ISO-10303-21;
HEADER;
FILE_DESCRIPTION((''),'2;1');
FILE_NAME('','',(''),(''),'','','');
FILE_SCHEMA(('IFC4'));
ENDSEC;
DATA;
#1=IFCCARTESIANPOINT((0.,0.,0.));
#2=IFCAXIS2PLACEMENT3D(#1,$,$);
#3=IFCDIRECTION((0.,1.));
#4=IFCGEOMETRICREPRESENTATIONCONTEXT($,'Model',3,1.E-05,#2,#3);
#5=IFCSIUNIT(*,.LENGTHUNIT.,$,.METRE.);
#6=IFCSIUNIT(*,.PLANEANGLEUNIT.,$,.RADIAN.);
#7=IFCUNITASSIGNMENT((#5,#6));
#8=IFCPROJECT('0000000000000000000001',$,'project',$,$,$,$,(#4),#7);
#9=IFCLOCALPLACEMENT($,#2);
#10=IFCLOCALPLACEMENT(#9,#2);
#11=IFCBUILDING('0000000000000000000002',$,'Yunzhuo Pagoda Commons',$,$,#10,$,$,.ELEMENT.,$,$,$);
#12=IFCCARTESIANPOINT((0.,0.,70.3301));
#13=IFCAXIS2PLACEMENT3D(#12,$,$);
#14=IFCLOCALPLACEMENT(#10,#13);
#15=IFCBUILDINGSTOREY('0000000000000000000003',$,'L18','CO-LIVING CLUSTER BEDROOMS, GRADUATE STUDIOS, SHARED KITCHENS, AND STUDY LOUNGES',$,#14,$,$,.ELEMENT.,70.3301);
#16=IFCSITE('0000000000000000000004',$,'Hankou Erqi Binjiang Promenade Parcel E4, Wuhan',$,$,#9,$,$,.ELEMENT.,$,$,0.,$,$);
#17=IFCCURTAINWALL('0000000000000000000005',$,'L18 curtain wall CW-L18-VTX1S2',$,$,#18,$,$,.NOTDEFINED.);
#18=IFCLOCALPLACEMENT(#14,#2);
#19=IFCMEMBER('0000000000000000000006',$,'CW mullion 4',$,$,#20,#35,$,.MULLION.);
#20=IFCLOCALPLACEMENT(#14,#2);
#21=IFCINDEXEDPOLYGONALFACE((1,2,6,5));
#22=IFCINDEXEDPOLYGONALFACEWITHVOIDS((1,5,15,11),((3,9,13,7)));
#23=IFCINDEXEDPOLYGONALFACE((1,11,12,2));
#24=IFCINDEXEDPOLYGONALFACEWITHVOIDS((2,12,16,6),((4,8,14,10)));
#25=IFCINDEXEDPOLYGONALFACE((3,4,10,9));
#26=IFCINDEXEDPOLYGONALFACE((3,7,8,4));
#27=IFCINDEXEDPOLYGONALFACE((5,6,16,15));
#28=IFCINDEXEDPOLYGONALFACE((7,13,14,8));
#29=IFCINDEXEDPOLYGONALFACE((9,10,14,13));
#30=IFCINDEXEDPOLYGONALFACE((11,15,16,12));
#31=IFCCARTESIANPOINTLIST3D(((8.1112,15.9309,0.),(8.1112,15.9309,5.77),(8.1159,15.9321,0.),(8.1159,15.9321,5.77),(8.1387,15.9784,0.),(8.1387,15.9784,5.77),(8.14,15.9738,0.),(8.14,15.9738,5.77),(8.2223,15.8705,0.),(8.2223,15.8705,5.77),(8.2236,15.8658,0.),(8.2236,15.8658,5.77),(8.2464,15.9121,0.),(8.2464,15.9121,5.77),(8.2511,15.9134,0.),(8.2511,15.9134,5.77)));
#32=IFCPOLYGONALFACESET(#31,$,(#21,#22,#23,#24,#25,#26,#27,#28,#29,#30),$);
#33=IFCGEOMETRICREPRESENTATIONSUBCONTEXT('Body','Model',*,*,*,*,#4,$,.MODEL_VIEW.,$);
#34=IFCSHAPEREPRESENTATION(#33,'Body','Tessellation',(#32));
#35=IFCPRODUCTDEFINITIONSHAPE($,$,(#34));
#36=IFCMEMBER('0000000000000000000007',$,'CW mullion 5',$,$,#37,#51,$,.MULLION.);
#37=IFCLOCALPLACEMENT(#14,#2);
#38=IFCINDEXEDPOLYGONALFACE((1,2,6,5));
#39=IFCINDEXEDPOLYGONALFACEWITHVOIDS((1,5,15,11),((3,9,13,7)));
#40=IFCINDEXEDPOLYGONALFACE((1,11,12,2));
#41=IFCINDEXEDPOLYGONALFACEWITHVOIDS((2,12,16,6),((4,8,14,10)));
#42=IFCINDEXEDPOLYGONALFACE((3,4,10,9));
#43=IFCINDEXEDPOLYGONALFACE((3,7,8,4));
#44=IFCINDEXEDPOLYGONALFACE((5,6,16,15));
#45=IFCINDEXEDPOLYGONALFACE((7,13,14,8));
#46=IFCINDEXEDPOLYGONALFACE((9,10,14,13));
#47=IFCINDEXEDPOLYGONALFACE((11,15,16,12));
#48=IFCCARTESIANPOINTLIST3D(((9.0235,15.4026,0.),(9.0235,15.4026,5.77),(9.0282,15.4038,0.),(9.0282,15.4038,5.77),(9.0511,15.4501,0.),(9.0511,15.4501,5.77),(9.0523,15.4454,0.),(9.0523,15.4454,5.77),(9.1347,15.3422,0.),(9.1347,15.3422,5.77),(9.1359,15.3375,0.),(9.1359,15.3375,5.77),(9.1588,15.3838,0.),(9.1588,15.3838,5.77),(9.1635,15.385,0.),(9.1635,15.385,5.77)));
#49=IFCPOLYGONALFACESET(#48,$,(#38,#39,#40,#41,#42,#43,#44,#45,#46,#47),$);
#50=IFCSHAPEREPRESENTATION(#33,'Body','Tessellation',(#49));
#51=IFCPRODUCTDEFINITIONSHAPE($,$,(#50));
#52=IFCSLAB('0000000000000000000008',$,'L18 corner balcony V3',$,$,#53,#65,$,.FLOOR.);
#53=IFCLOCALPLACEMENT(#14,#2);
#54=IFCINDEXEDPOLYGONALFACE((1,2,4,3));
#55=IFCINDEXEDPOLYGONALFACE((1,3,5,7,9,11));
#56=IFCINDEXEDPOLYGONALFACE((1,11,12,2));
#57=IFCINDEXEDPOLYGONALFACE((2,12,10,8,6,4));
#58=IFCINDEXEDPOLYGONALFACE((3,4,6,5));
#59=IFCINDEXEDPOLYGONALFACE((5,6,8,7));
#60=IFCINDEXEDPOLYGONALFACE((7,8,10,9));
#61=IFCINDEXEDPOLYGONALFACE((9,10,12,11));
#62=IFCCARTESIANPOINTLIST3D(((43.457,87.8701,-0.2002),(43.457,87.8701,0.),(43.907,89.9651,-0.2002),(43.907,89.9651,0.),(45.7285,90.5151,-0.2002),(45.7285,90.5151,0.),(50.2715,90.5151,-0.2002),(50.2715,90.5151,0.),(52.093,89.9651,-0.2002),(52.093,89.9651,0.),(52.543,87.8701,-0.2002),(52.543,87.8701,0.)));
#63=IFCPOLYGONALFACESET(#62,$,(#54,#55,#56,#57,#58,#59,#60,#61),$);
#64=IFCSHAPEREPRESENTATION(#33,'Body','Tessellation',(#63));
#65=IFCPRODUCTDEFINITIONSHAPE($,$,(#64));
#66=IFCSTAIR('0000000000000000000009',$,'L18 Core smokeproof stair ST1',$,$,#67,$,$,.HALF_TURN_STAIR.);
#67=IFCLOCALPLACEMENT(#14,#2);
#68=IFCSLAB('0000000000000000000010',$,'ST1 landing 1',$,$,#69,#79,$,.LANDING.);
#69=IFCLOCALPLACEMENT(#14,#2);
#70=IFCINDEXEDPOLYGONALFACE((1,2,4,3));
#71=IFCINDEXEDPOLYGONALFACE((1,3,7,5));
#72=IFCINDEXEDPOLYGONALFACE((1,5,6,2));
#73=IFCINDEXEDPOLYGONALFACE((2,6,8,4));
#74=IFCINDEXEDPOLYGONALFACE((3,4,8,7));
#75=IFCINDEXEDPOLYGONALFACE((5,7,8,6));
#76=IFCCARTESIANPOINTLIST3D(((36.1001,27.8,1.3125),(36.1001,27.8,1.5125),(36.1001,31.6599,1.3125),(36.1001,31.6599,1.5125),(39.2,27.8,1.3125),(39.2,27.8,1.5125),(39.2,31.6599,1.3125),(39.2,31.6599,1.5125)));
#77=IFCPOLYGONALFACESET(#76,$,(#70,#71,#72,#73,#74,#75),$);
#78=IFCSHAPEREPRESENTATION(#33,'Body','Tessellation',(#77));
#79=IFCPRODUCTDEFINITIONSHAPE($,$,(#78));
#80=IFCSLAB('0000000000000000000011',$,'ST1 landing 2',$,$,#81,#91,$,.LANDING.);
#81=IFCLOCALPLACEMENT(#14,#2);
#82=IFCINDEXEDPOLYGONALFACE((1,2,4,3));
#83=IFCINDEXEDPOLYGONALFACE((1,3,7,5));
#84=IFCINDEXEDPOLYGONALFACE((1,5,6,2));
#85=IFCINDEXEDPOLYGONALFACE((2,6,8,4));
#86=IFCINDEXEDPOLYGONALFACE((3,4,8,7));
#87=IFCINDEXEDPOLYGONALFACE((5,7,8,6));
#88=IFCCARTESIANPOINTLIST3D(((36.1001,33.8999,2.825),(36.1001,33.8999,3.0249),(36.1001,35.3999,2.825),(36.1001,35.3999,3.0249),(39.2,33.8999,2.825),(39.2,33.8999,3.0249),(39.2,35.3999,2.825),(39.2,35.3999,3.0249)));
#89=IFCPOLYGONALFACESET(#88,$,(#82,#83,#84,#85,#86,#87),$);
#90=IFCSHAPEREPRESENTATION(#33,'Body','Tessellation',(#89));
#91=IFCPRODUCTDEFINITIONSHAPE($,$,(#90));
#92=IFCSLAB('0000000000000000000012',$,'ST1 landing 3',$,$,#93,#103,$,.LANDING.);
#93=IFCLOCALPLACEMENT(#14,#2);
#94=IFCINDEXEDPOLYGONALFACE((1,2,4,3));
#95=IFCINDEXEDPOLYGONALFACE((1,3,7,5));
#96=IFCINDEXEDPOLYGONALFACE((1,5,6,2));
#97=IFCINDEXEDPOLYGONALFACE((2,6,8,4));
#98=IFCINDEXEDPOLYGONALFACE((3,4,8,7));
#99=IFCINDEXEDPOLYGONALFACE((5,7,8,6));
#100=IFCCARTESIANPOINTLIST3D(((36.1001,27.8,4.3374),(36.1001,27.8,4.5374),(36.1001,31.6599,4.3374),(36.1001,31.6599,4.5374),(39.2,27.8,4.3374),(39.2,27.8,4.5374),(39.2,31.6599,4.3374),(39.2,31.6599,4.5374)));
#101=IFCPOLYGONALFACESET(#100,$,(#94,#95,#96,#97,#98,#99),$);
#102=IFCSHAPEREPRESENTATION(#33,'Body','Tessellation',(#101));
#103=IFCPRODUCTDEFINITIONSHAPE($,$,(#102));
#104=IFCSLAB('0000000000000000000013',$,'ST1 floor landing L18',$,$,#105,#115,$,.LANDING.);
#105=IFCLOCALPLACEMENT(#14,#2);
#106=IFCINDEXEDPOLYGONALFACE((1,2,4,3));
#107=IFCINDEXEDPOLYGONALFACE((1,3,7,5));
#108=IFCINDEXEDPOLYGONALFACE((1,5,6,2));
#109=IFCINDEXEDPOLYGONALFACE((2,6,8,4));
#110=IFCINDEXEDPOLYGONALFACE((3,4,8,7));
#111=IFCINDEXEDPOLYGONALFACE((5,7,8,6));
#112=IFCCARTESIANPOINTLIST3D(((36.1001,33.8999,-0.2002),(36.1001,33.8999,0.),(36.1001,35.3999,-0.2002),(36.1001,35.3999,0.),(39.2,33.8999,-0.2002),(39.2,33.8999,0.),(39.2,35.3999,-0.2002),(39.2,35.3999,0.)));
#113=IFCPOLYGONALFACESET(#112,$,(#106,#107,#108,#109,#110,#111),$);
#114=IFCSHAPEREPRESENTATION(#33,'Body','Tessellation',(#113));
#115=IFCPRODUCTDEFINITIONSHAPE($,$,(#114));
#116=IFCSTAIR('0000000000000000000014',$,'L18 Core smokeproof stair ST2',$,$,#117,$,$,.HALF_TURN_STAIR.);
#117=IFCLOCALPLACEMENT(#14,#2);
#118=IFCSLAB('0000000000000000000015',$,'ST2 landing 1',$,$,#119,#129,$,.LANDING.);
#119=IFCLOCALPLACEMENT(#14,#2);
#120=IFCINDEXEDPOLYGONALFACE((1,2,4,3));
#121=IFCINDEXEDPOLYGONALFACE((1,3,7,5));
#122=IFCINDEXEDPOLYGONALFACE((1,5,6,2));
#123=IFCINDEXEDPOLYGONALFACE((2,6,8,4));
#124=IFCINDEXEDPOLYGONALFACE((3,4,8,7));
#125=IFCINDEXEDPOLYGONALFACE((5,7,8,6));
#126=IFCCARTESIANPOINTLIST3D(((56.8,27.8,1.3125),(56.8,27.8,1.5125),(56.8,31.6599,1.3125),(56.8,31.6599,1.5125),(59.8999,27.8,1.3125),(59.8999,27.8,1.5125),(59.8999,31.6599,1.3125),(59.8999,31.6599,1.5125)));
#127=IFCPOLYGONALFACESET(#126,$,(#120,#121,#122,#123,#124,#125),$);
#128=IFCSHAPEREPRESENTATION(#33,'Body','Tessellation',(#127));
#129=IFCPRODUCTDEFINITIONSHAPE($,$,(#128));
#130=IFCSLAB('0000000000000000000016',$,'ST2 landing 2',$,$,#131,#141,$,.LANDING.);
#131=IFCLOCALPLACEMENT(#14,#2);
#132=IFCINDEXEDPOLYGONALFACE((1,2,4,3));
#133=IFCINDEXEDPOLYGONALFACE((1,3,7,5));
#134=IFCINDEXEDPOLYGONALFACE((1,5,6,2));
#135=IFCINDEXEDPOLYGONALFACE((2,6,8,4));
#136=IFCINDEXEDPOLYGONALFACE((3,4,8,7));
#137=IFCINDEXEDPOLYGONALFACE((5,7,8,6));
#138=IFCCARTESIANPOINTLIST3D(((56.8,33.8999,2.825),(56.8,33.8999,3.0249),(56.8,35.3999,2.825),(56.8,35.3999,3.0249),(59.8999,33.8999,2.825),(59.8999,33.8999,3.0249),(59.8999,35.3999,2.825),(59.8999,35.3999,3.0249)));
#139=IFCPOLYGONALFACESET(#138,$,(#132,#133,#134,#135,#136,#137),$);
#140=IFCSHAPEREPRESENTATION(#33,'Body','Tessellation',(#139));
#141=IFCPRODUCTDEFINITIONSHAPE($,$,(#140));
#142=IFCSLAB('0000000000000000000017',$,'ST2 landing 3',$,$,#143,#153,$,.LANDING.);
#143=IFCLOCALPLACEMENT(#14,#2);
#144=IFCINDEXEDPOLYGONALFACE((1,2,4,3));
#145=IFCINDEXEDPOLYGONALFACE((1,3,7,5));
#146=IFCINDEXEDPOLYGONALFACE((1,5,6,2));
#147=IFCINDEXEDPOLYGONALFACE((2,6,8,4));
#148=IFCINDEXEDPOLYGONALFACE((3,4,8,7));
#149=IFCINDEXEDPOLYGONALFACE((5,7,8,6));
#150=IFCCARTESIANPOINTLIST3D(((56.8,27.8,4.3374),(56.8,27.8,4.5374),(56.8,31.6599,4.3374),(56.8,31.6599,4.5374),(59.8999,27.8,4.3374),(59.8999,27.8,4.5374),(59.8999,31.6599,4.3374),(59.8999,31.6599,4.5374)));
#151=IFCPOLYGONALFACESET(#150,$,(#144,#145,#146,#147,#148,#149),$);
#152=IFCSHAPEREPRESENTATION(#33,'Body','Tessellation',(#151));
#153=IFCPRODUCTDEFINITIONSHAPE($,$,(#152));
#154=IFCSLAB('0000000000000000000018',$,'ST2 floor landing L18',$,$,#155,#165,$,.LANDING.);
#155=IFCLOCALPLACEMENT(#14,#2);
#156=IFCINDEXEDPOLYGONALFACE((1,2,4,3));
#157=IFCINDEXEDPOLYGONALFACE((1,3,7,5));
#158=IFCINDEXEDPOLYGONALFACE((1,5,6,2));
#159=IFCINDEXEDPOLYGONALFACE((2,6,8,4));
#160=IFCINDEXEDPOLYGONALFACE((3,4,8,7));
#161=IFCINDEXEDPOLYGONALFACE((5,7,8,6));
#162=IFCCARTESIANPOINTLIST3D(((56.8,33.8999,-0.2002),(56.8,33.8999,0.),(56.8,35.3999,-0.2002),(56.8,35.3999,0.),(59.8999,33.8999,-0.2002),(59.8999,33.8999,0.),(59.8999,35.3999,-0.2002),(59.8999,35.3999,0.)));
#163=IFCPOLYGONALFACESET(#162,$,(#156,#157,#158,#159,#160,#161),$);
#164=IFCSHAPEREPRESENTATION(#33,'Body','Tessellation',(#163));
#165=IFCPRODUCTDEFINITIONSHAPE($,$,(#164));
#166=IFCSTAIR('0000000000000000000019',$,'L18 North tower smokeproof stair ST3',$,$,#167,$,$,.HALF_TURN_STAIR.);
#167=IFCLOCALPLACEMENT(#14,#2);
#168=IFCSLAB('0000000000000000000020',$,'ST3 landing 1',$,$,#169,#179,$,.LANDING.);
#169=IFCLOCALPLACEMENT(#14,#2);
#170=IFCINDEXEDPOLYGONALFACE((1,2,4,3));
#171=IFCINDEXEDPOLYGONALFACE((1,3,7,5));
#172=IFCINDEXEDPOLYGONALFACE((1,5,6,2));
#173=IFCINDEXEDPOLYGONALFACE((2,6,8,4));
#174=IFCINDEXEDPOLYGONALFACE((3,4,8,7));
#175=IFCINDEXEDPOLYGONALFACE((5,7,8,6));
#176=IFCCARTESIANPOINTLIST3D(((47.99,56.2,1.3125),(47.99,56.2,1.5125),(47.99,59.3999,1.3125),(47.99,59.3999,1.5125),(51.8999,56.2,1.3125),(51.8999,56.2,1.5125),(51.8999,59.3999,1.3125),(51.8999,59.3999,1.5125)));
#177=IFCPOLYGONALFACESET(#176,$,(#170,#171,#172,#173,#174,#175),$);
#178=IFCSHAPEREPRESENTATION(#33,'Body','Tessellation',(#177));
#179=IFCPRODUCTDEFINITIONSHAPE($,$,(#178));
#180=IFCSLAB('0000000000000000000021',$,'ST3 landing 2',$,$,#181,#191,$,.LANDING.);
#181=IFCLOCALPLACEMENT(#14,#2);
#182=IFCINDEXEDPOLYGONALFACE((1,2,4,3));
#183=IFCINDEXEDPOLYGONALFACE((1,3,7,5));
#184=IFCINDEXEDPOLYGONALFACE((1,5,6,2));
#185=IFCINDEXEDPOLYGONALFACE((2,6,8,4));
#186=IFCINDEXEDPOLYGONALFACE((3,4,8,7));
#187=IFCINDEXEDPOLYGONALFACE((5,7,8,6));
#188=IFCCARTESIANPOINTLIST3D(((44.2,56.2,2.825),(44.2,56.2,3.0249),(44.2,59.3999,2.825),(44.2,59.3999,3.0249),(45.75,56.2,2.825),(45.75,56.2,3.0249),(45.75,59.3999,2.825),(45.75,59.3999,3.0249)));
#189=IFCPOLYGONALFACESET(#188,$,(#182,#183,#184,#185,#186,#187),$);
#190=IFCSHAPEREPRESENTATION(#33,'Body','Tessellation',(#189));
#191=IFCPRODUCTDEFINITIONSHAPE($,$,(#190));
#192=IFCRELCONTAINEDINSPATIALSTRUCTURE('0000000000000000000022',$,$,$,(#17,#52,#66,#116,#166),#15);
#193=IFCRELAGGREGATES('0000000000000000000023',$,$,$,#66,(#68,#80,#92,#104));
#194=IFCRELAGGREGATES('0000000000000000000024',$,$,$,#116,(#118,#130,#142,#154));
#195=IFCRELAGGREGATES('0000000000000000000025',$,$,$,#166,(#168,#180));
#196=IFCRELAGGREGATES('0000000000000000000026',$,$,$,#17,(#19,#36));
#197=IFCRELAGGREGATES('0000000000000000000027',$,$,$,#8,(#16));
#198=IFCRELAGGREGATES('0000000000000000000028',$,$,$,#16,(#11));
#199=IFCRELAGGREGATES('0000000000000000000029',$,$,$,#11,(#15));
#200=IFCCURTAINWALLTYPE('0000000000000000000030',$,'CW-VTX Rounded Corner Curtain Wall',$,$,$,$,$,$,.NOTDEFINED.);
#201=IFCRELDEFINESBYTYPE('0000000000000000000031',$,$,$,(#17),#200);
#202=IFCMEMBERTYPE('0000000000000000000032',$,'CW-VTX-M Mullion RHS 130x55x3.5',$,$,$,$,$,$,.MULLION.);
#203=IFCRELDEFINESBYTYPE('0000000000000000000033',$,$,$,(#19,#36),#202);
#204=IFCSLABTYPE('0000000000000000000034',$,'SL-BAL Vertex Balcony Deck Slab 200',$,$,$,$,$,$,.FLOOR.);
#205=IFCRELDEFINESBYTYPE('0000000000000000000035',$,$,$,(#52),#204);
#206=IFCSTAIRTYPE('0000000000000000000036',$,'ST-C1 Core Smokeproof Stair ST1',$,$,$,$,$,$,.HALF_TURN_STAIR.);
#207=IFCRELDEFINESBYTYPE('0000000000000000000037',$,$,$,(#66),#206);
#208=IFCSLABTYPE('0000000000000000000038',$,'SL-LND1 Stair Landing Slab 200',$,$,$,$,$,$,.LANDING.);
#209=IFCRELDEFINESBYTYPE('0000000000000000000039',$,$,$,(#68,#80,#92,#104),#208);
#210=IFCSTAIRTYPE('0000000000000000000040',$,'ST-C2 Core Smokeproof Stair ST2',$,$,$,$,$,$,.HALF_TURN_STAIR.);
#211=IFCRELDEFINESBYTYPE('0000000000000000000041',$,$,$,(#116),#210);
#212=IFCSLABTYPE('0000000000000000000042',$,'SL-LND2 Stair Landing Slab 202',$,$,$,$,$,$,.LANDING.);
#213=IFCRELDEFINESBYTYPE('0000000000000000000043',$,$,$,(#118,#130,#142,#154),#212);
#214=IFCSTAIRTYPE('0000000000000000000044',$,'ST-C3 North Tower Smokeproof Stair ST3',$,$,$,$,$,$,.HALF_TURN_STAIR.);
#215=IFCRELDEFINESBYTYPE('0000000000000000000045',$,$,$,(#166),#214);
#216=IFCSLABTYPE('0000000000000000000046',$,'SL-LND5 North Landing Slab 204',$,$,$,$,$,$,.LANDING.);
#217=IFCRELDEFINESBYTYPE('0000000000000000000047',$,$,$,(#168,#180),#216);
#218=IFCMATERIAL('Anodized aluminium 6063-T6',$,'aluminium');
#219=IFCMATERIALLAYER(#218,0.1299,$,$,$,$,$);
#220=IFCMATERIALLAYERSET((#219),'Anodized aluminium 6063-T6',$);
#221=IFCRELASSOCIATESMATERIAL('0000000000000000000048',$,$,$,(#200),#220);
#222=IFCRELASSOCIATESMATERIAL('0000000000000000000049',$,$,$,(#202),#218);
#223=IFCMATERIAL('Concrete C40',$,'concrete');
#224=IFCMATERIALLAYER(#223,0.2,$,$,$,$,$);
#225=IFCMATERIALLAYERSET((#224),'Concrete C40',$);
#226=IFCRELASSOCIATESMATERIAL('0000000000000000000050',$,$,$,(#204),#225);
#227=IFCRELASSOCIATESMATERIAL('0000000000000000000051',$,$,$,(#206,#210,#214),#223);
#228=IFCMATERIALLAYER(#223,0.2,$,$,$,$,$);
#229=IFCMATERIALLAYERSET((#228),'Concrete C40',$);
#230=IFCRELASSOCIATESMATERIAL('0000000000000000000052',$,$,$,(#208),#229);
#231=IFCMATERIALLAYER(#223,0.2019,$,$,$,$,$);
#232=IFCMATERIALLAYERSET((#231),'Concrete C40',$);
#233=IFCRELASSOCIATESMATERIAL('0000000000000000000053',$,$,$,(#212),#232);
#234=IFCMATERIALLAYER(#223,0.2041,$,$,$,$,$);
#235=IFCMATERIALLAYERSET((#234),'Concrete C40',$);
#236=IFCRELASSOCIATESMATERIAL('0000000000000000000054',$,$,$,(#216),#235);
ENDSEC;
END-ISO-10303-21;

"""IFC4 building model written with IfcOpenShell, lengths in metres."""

from ifc_helpers import new_model, si_unit, direction, frame, origin, origin_2d, place, context, subcontext, project, spatial, polyline, hollow_rectangle, outline, extrude, source, transform, mapped, material, layer, layer_set, material_profile, profile_set, type_object, element, aggregate, save


model = new_model("IFC4")

# Units and contexts
model_context = context("Model", 3, precision=1e-05, world=origin(), true_north=direction((0.0, 1.0)))
body_context = subcontext(model_context, "Body", "Model", "MODEL_VIEW")
ifc_project = project(units=[si_unit("LENGTHUNIT", "METRE"), si_unit("PLANEANGLEUNIT", "RADIAN")], contexts=[model_context])

# Site, building, storey
site_placement = place(None, origin())
site = spatial("IfcSite", under=ifc_project, at=site_placement, Name="Hankou Erqi Binjiang Promenade Parcel E4, Wuhan", CompositionType="ELEMENT", RefElevation=0.0)
building_placement = place(site_placement, origin())
building = spatial("IfcBuilding", under=site, at=building_placement, Name="Yunzhuo Pagoda Commons", CompositionType="ELEMENT")
storey_placement = place(building_placement, frame((0.0, 0.0, 70.3301)))
storey = spatial("IfcBuildingStorey", under=building, at=storey_placement, Name="L18", Description="CO-LIVING CLUSTER BEDROOMS, GRADUATE STUDIOS, SHARED KITCHENS, AND STUDY LOUNGES", CompositionType="ELEMENT", Elevation=70.3301)

# Curtain wall, members
ifc_material_1 = material(Name="Anodized aluminium 6063-T6", Category="aluminium")
ifc_layer_1 = layer(ifc_material_1, 0.1299)
ifc_layer_set_1 = layer_set([ifc_layer_1], Name="Anodized aluminium 6063-T6")
curtain_wall_type = type_object("IfcCurtainWallType", Name="CW-VTX Rounded Corner Curtain Wall", PredefinedType="NOTDEFINED", material=ifc_layer_set_1)
curtain_wall_placement = place(storey_placement, origin())
curtain_wall = element("IfcCurtainWall", 1, at=curtain_wall_placement, inside=storey, type_object=curtain_wall_type, Name="L18 curtain wall CW-L18-VTX1S2", PredefinedType="NOTDEFINED")
ifc_material_profile_1 = material_profile(ifc_material_1, hollow_rectangle(XDim=0.0549, YDim=0.1299, WallThickness=0.0034, at=origin_2d()), Name="Anodized aluminium 6063-T6")
ifc_profile_set_1 = profile_set([ifc_material_profile_1], Name="Anodized aluminium 6063-T6")
member_type_1 = type_object("IfcMemberType", Name="CW-VTX-M Mullion RHS 130x55x3.5", PredefinedType="MULLION", material=ifc_profile_set_1)
shared_shape_1 = source(origin(), body_context, "Body", "SweptSolid", [
    extrude(hollow_rectangle(XDim=0.0549, YDim=0.1299, WallThickness=0.0034, at=origin_2d()), origin(), (0.0, 0.0, 1.0), 5.77),
])
member_1_placement = place(storey_placement, frame((8.1812, 15.9221, 0.0), z_axis=(0.0, 0.0, 1.0), x_axis=(0.501039, 0.865425, 0.0)))
member_1 = element("IfcMember", 2, at=member_1_placement, type_object=member_type_1, Name="CW mullion 4", PredefinedType="MULLION", context=body_context, shape_type="MappedRepresentation", body=[
    mapped(shared_shape_1, transform((0.0, 0.0, 0.0), scale=1.0)),
])
member_2_placement = place(storey_placement, frame((9.0935, 15.3938, 0.0), z_axis=(0.0, 0.0, 1.0), x_axis=(0.501039, 0.865425, 0.0)))
member_2 = element("IfcMember", 3, at=member_2_placement, type_object=member_type_1, Name="CW mullion 5", PredefinedType="MULLION", context=body_context, shape_type="MappedRepresentation", body=[
    mapped(shared_shape_1, transform((0.0, 0.0, 0.0), scale=1.0)),
])

# Slab
ifc_material_2 = material(Name="Concrete C40", Category="concrete")
ifc_layer_2 = layer(ifc_material_2, 0.2)
ifc_layer_set_2 = layer_set([ifc_layer_2], Name="Concrete C40")
slab_type_1 = type_object("IfcSlabType", Name="SL-BAL Vertex Balcony Deck Slab 200", PredefinedType="FLOOR", material=ifc_layer_set_2)
slab_1_placement = place(storey_placement, frame((0.0, 0.0, -0.2002)))
element("IfcSlab", 4, at=slab_1_placement, inside=storey, type_object=slab_type_1, Name="L18 corner balcony V3", PredefinedType="FLOOR", context=body_context, shape_type="SweptSolid", body=[
    extrude(outline(polyline([(52.543, 87.8701), (43.457, 87.8701), (43.907, 89.9651), (45.7285, 90.5151), (50.2715, 90.5151), (52.093, 89.9651), (52.543, 87.8701)])), origin(), (0.0, 0.0, 1.0), 0.2002),
])

# Stairs, slabs
stair_type_1 = type_object("IfcStairType", Name="ST-C1 Core Smokeproof Stair ST1", PredefinedType="HALF_TURN_STAIR", material=ifc_material_2)
stair_1_placement = place(storey_placement, origin())
stair_1 = element("IfcStair", 5, at=stair_1_placement, inside=storey, type_object=stair_type_1, Name="L18 Core smokeproof stair ST1", PredefinedType="HALF_TURN_STAIR")
ifc_layer_3 = layer(ifc_material_2, 0.2)
ifc_layer_set_3 = layer_set([ifc_layer_3], Name="Concrete C40")
slab_type_2 = type_object("IfcSlabType", Name="SL-LND1 Stair Landing Slab 200", PredefinedType="LANDING", material=ifc_layer_set_3)
slab_2_placement = place(storey_placement, frame((0.0, 0.0, 1.3125)))
slab_2 = element("IfcSlab", 6, at=slab_2_placement, type_object=slab_type_2, Name="ST1 landing 1", PredefinedType="LANDING", context=body_context, shape_type="SweptSolid", body=[
    extrude(outline(polyline([(36.1001, 31.6599), (36.1001, 27.8), (39.2, 27.8), (39.2, 31.6599), (36.1001, 31.6599)])), origin(), (0.0, 0.0, 1.0), 0.2),
])
slab_3_placement = place(storey_placement, frame((0.0, 0.0, 2.825)))
slab_3 = element("IfcSlab", 7, at=slab_3_placement, type_object=slab_type_2, Name="ST1 landing 2", PredefinedType="LANDING", context=body_context, shape_type="SweptSolid", body=[
    extrude(outline(polyline([(36.1001, 35.3999), (36.1001, 33.8999), (39.2, 33.8999), (39.2, 35.3999), (36.1001, 35.3999)])), origin(), (0.0, 0.0, 1.0), 0.2),
])
slab_4_placement = place(storey_placement, frame((0.0, 0.0, 4.3374)))
slab_4 = element("IfcSlab", 8, at=slab_4_placement, type_object=slab_type_2, Name="ST1 landing 3", PredefinedType="LANDING", context=body_context, shape_type="SweptSolid", body=[
    extrude(outline(polyline([(36.1001, 31.6599), (36.1001, 27.8), (39.2, 27.8), (39.2, 31.6599), (36.1001, 31.6599)])), origin(), (0.0, 0.0, 1.0), 0.2),
])
slab_5_placement = place(storey_placement, frame((0.0, 0.0, -0.2002)))
slab_5 = element("IfcSlab", 9, at=slab_5_placement, type_object=slab_type_2, Name="ST1 floor landing L18", PredefinedType="LANDING", context=body_context, shape_type="SweptSolid", body=[
    extrude(outline(polyline([(36.1001, 35.3999), (36.1001, 33.8999), (39.2, 33.8999), (39.2, 35.3999), (36.1001, 35.3999)])), origin(), (0.0, 0.0, 1.0), 0.2002),
])
aggregate(stair_1, [slab_2, slab_3, slab_4, slab_5])
stair_type_2 = type_object("IfcStairType", Name="ST-C2 Core Smokeproof Stair ST2", PredefinedType="HALF_TURN_STAIR", material=ifc_material_2)
stair_2_placement = place(storey_placement, origin())
stair_2 = element("IfcStair", 10, at=stair_2_placement, inside=storey, type_object=stair_type_2, Name="L18 Core smokeproof stair ST2", PredefinedType="HALF_TURN_STAIR")
ifc_layer_4 = layer(ifc_material_2, 0.2019)
ifc_layer_set_4 = layer_set([ifc_layer_4], Name="Concrete C40")
slab_type_3 = type_object("IfcSlabType", Name="SL-LND2 Stair Landing Slab 202", PredefinedType="LANDING", material=ifc_layer_set_4)
slab_6_placement = place(storey_placement, frame((0.0, 0.0, 1.3125)))
slab_6 = element("IfcSlab", 11, at=slab_6_placement, type_object=slab_type_3, Name="ST2 landing 1", PredefinedType="LANDING", context=body_context, shape_type="SweptSolid", body=[
    extrude(outline(polyline([(56.8, 31.6599), (56.8, 27.8), (59.8999, 27.8), (59.8999, 31.6599), (56.8, 31.6599)])), origin(), (0.0, 0.0, 1.0), 0.2),
])
slab_7_placement = place(storey_placement, frame((0.0, 0.0, 2.825)))
slab_7 = element("IfcSlab", 12, at=slab_7_placement, type_object=slab_type_3, Name="ST2 landing 2", PredefinedType="LANDING", context=body_context, shape_type="SweptSolid", body=[
    extrude(outline(polyline([(56.8, 35.3999), (56.8, 33.8999), (59.8999, 33.8999), (59.8999, 35.3999), (56.8, 35.3999)])), origin(), (0.0, 0.0, 1.0), 0.2),
])
slab_8_placement = place(storey_placement, frame((0.0, 0.0, 4.3374)))
slab_8 = element("IfcSlab", 13, at=slab_8_placement, type_object=slab_type_3, Name="ST2 landing 3", PredefinedType="LANDING", context=body_context, shape_type="SweptSolid", body=[
    extrude(outline(polyline([(56.8, 31.6599), (56.8, 27.8), (59.8999, 27.8), (59.8999, 31.6599), (56.8, 31.6599)])), origin(), (0.0, 0.0, 1.0), 0.2),
])
slab_9_placement = place(storey_placement, frame((0.0, 0.0, -0.2002)))
slab_9 = element("IfcSlab", 14, at=slab_9_placement, type_object=slab_type_3, Name="ST2 floor landing L18", PredefinedType="LANDING", context=body_context, shape_type="SweptSolid", body=[
    extrude(outline(polyline([(56.8, 35.3999), (56.8, 33.8999), (59.8999, 33.8999), (59.8999, 35.3999), (56.8, 35.3999)])), origin(), (0.0, 0.0, 1.0), 0.2002),
])
aggregate(stair_2, [slab_6, slab_7, slab_8, slab_9])
stair_type_3 = type_object("IfcStairType", Name="ST-C3 North Tower Smokeproof Stair ST3", PredefinedType="HALF_TURN_STAIR", material=ifc_material_2)
stair_3_placement = place(storey_placement, origin())
stair_3 = element("IfcStair", 15, at=stair_3_placement, inside=storey, type_object=stair_type_3, Name="L18 North tower smokeproof stair ST3", PredefinedType="HALF_TURN_STAIR")
ifc_layer_5 = layer(ifc_material_2, 0.2041)
ifc_layer_set_5 = layer_set([ifc_layer_5], Name="Concrete C40")
slab_type_4 = type_object("IfcSlabType", Name="SL-LND5 North Landing Slab 204", PredefinedType="LANDING", material=ifc_layer_set_5)
slab_10_placement = place(storey_placement, frame((0.0, 0.0, 1.3125)))
slab_10 = element("IfcSlab", 16, at=slab_10_placement, type_object=slab_type_4, Name="ST3 landing 1", PredefinedType="LANDING", context=body_context, shape_type="SweptSolid", body=[
    extrude(outline(polyline([(47.99, 56.2), (51.8999, 56.2), (51.8999, 59.3999), (47.99, 59.3999), (47.99, 56.2)])), origin(), (0.0, 0.0, 1.0), 0.2),
])
slab_11_placement = place(storey_placement, frame((0.0, 0.0, 2.825)))
slab_11 = element("IfcSlab", 17, at=slab_11_placement, type_object=slab_type_4, Name="ST3 landing 2", PredefinedType="LANDING", context=body_context, shape_type="SweptSolid", body=[
    extrude(outline(polyline([(44.2, 56.2), (45.75, 56.2), (45.75, 59.3999), (44.2, 59.3999), (44.2, 56.2)])), origin(), (0.0, 0.0, 1.0), 0.2),
])
aggregate(stair_3, [slab_10, slab_11])

aggregate(curtain_wall, [member_1, member_2])

save(model, "model.ifc")
